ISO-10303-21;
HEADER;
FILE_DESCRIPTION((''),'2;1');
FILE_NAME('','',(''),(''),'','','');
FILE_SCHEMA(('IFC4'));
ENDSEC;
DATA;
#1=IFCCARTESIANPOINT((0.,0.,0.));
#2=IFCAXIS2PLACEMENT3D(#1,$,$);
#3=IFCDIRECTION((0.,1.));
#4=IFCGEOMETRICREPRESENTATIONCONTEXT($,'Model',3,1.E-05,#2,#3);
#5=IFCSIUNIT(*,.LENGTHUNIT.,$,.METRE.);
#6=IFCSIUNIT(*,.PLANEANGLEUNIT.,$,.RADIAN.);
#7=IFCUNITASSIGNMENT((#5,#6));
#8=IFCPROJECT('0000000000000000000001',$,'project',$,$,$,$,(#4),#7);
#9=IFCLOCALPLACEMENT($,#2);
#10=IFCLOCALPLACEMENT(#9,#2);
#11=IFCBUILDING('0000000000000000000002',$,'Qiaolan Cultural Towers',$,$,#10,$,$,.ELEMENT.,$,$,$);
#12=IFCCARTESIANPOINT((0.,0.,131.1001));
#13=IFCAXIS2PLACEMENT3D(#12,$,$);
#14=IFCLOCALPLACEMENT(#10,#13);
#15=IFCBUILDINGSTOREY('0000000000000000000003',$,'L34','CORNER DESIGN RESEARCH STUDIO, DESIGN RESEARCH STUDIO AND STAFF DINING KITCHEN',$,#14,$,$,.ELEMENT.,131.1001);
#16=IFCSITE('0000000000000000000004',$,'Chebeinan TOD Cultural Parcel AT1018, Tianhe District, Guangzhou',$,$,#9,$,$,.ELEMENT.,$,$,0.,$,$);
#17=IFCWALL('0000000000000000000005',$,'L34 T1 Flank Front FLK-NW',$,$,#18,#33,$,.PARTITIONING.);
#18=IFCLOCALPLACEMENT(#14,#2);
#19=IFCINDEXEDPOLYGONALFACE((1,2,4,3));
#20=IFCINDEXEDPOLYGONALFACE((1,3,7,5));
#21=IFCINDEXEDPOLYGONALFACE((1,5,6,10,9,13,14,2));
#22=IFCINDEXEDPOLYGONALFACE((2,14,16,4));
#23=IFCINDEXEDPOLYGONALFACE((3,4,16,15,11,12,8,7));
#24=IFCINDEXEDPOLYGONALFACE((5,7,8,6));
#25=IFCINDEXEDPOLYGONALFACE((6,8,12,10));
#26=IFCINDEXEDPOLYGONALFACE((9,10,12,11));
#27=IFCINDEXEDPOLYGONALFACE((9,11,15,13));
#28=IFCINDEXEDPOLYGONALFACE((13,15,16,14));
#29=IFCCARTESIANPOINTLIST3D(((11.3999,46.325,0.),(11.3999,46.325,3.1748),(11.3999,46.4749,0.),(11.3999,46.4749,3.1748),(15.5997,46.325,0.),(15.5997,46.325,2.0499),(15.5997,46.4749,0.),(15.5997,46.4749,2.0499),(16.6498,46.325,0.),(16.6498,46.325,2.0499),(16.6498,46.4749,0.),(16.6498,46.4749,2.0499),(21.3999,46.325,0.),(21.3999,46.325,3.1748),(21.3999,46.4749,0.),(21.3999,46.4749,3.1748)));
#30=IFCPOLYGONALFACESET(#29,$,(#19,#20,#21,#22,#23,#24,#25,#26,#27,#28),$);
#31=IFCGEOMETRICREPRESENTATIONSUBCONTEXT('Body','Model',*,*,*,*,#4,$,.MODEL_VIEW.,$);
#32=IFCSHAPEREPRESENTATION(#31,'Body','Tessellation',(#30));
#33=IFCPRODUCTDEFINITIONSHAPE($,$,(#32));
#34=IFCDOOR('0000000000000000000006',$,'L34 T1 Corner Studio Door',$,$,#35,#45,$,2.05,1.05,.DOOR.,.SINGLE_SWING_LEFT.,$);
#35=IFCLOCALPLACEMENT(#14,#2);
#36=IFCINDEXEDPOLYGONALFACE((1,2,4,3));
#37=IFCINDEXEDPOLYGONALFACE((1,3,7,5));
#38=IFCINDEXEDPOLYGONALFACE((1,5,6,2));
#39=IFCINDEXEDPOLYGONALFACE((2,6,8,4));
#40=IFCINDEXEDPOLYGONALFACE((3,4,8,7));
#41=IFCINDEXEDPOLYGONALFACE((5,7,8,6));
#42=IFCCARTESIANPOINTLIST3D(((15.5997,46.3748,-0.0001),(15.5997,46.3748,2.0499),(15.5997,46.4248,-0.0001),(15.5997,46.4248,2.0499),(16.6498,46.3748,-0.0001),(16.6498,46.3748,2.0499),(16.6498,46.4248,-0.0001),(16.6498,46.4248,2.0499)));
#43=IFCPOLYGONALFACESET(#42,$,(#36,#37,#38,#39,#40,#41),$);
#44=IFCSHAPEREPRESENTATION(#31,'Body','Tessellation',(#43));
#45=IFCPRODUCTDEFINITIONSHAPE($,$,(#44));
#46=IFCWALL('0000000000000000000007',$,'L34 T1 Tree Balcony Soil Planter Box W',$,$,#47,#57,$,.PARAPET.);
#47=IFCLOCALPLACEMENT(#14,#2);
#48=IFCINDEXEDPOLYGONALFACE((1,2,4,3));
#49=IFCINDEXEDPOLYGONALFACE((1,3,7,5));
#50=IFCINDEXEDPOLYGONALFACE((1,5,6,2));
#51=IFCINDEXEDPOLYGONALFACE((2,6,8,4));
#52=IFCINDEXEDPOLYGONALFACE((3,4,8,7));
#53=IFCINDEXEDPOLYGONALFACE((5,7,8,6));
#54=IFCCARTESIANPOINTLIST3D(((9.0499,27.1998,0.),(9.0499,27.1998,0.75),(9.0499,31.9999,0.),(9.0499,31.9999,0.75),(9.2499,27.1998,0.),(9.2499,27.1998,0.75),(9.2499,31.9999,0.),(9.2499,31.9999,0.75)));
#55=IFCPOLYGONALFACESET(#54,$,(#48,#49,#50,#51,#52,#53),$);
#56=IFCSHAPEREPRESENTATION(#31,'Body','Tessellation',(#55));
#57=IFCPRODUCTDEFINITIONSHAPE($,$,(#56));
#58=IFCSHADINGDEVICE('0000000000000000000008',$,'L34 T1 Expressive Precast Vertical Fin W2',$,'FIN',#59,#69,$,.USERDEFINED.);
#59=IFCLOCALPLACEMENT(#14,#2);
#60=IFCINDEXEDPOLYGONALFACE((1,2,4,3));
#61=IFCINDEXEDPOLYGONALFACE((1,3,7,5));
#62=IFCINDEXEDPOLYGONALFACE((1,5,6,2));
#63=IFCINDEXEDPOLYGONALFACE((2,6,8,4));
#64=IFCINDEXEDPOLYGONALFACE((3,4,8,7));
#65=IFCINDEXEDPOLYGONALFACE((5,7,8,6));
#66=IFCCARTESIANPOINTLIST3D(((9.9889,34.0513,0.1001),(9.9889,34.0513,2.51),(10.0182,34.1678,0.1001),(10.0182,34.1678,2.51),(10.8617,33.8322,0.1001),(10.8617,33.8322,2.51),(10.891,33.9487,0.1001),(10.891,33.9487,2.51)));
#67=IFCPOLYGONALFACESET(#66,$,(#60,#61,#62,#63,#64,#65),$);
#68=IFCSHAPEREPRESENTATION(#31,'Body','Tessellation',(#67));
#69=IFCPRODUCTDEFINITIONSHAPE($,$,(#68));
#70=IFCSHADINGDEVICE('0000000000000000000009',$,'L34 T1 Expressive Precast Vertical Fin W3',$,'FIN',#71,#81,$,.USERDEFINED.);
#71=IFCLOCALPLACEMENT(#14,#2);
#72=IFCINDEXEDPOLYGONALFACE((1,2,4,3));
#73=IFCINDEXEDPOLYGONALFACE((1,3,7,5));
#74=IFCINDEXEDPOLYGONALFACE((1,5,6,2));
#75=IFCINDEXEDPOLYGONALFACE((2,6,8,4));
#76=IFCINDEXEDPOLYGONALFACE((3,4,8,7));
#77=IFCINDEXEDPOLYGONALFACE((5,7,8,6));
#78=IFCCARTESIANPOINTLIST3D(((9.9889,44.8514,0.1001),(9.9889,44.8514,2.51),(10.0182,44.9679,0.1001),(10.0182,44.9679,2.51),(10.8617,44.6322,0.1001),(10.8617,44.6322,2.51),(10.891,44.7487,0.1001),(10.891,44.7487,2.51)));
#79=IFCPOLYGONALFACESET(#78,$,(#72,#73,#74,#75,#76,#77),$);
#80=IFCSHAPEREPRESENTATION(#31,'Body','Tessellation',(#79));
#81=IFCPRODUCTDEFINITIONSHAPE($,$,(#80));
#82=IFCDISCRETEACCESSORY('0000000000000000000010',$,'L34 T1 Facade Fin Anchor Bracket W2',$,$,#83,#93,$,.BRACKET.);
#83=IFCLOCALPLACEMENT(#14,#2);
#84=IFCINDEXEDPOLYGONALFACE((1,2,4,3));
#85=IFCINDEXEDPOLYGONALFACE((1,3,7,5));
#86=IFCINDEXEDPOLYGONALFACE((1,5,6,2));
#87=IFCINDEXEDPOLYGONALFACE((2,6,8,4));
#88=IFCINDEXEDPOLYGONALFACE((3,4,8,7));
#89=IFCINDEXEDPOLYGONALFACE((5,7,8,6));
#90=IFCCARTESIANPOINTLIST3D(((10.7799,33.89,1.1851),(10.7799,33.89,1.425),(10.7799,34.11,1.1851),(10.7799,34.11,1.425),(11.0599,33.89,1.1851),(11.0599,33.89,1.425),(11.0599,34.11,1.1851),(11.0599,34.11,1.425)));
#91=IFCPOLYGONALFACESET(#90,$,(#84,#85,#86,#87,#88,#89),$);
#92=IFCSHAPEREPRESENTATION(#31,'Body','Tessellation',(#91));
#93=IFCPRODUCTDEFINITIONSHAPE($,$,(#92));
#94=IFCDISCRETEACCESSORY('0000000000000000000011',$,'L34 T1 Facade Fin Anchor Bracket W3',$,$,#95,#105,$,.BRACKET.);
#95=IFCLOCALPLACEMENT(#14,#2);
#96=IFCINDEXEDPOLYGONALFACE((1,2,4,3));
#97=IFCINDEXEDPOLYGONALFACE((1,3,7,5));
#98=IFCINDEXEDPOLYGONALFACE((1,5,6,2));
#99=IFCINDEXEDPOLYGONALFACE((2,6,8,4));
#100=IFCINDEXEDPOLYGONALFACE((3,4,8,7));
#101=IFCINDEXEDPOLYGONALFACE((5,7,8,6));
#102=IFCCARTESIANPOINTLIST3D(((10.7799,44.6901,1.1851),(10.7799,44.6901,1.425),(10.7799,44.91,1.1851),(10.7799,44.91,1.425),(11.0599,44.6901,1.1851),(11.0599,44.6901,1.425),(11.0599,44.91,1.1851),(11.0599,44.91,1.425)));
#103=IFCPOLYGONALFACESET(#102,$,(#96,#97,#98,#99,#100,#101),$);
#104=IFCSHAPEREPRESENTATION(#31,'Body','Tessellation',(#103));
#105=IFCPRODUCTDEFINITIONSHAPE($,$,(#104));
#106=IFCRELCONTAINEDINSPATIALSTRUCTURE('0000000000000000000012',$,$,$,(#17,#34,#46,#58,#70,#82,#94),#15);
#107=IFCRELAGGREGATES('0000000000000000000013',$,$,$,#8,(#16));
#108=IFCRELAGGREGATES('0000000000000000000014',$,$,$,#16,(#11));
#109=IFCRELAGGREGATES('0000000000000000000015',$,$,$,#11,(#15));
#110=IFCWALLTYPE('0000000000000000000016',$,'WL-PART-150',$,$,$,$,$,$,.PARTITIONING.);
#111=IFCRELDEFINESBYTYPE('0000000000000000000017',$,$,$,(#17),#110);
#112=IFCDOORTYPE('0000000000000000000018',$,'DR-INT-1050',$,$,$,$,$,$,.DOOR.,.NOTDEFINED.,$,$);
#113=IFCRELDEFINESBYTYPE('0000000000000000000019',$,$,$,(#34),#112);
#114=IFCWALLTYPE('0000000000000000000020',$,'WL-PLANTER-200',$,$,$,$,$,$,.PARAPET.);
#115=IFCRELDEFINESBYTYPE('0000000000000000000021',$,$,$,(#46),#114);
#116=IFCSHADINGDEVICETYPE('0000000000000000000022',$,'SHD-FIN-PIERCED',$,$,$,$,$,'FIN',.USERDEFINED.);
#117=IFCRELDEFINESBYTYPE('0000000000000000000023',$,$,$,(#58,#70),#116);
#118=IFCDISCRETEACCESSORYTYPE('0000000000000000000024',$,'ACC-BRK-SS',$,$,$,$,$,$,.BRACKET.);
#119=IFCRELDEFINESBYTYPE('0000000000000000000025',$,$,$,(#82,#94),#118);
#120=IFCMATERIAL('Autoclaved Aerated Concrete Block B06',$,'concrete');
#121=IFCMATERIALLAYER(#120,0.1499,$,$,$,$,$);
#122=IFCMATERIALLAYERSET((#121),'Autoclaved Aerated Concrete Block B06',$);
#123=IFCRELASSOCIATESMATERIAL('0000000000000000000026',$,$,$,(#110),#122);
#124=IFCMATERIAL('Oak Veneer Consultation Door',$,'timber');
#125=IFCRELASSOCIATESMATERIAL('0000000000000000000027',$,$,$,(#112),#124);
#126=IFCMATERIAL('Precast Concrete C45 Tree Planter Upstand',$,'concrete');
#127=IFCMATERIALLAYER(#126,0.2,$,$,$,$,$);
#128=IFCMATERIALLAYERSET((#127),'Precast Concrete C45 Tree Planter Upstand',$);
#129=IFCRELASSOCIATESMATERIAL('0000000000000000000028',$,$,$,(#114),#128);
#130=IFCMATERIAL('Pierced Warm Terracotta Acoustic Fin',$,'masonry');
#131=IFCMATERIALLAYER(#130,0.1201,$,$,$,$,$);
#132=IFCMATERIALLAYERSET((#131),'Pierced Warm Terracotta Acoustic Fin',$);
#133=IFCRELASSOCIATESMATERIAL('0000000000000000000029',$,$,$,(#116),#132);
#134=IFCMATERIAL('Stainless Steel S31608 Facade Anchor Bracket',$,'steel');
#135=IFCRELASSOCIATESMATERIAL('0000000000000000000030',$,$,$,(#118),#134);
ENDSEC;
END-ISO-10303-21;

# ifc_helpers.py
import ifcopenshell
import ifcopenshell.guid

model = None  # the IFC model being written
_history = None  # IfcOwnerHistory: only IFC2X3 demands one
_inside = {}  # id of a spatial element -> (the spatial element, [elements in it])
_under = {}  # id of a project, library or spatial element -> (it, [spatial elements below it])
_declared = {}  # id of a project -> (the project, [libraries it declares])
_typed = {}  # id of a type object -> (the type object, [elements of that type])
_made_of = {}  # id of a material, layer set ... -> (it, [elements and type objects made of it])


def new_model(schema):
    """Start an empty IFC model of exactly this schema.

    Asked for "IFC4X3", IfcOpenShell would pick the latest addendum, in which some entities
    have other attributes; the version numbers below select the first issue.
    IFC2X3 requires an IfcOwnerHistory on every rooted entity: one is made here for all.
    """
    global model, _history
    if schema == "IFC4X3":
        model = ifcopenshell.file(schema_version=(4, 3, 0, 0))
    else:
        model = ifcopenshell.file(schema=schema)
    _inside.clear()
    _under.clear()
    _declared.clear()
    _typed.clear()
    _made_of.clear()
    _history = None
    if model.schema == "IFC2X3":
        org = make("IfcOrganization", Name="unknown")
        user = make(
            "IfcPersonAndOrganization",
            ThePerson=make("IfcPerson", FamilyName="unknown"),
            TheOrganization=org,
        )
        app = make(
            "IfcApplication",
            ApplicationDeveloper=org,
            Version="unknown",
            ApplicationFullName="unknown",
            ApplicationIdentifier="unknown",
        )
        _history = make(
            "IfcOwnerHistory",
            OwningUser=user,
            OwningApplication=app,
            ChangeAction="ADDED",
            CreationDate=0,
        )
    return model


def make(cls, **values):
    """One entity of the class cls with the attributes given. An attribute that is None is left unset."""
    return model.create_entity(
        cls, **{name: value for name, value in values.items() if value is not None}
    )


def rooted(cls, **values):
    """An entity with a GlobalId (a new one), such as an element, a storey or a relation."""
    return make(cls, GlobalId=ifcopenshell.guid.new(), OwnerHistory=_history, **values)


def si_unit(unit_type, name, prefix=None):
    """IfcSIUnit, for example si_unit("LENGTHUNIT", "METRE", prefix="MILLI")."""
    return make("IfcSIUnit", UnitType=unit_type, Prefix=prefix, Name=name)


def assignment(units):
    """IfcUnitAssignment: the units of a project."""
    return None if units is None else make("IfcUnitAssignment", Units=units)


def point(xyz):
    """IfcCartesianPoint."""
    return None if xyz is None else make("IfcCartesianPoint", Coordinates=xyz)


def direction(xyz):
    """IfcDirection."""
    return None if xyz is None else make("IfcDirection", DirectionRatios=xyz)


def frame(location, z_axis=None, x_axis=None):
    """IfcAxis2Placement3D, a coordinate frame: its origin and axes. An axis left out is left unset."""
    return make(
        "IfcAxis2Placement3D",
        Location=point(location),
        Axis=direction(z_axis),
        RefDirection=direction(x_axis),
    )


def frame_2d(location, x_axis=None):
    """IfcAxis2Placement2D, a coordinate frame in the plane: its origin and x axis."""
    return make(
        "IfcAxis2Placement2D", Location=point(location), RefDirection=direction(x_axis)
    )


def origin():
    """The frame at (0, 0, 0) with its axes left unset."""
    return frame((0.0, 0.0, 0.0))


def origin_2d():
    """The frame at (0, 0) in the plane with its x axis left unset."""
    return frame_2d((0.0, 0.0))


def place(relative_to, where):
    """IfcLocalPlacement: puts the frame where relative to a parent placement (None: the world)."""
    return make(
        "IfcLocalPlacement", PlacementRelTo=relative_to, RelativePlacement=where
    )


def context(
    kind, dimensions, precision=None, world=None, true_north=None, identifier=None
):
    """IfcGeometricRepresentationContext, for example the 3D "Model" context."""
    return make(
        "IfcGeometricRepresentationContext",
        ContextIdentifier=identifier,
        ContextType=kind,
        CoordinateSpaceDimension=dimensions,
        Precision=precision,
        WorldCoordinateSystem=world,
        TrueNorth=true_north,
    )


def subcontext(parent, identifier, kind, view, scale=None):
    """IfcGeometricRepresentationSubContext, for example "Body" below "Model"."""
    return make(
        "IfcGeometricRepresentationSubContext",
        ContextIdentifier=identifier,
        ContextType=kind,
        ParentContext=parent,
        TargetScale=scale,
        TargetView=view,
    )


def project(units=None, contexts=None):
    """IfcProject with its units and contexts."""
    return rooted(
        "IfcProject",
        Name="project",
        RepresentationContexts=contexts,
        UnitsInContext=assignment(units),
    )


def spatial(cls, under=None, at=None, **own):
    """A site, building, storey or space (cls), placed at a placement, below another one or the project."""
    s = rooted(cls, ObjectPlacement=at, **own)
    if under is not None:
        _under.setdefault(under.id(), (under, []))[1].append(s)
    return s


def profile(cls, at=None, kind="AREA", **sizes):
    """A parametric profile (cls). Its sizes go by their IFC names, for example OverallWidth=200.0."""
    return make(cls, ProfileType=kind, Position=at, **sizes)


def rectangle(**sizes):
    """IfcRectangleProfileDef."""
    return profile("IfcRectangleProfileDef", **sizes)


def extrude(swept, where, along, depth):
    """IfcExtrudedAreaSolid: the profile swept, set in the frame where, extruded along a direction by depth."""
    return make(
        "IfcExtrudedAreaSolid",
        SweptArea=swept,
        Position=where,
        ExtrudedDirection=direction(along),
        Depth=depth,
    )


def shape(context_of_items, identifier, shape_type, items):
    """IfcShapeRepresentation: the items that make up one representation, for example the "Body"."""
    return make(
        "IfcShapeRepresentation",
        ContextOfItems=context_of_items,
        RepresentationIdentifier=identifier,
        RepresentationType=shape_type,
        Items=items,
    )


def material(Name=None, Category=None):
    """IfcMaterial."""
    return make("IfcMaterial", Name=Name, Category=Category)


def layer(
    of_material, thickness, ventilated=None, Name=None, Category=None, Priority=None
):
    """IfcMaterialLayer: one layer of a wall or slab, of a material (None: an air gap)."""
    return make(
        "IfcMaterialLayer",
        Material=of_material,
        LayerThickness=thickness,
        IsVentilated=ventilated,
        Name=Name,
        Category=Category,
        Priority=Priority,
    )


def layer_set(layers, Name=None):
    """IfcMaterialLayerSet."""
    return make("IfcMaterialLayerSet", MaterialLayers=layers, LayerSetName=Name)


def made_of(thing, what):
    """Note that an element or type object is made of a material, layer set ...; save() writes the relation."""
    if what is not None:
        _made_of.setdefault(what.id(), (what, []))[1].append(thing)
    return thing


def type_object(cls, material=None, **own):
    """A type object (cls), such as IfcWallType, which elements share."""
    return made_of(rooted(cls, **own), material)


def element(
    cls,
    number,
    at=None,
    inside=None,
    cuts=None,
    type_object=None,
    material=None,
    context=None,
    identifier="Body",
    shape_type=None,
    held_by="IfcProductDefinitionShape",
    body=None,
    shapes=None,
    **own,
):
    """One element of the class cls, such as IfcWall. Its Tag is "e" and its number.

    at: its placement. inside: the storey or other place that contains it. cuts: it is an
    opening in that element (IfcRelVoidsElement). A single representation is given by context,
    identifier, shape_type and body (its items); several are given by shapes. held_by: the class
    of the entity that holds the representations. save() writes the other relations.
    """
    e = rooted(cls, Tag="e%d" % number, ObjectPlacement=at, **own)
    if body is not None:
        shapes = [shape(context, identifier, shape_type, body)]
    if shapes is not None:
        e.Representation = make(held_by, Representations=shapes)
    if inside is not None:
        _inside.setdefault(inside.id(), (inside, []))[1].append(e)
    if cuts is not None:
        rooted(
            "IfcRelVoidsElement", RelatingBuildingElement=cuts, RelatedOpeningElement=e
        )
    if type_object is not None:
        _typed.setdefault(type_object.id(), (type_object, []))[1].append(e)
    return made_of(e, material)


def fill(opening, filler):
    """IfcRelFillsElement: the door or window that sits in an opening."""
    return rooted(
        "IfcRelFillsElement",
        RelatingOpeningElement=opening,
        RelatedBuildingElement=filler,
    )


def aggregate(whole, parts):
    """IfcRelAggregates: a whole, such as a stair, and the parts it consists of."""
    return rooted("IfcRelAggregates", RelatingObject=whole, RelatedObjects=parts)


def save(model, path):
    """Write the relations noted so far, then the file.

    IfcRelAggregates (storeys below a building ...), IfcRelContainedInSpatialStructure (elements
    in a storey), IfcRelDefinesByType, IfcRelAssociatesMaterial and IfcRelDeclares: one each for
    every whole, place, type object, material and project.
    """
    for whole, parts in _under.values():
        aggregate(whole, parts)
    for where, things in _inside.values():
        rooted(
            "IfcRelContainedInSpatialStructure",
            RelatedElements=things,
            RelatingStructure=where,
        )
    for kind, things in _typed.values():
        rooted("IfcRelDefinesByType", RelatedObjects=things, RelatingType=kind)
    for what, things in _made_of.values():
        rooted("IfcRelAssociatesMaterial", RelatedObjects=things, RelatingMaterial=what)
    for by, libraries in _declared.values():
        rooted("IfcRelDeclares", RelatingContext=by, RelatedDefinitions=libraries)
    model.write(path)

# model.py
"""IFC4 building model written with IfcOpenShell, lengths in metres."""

from ifc_helpers import new_model, si_unit, direction, frame, frame_2d, origin, origin_2d, place, context, subcontext, project, spatial, rectangle, extrude, material, layer, layer_set, type_object, element, fill, save


model = new_model("IFC4")

# Units and contexts
model_context = context("Model", 3, precision=1e-05, world=origin(), true_north=direction((0.0, 1.0)))
body_context = subcontext(model_context, "Body", "Model", "MODEL_VIEW")
ifc_project = project(units=[si_unit("LENGTHUNIT", "METRE"), si_unit("PLANEANGLEUNIT", "RADIAN")], contexts=[model_context])

# Site, building, storey
site_placement = place(None, origin())
site = spatial("IfcSite", under=ifc_project, at=site_placement, Name="Chebeinan TOD Cultural Parcel AT1018, Tianhe District, Guangzhou", CompositionType="ELEMENT", RefElevation=0.0)
building_placement = place(site_placement, origin())
building = spatial("IfcBuilding", under=site, at=building_placement, Name="Qiaolan Cultural Towers", CompositionType="ELEMENT")
storey_placement = place(building_placement, frame((0.0, 0.0, 131.1001)))
storey = spatial("IfcBuildingStorey", under=building, at=storey_placement, Name="L34", Description="CORNER DESIGN RESEARCH STUDIO, DESIGN RESEARCH STUDIO AND STAFF DINING KITCHEN", CompositionType="ELEMENT", Elevation=131.1001)

# Wall, opening, door
ifc_material_1 = material(Name="Autoclaved Aerated Concrete Block B06", Category="concrete")
ifc_layer_1 = layer(ifc_material_1, 0.1499)
ifc_layer_set_1 = layer_set([ifc_layer_1], Name="Autoclaved Aerated Concrete Block B06")
wall_type_1 = type_object("IfcWallType", Name="WL-PART-150", PredefinedType="PARTITIONING", material=ifc_layer_set_1)
wall_1_placement = place(storey_placement, frame((11.3999, 46.3999, 0.0), z_axis=(0.0, 0.0, 1.0), x_axis=(1.0, 0.0, 0.0)))
wall_1 = element("IfcWall", 1, at=wall_1_placement, inside=storey, type_object=wall_type_1, Name="L34 T1 Flank Front FLK-NW", PredefinedType="PARTITIONING", context=body_context, shape_type="SweptSolid", body=[
    extrude(rectangle(XDim=10.0, YDim=0.1499, at=frame_2d((5.0, 0.0))), origin(), (0.0, 0.0, 1.0), 3.1748),
])
opening_placement = place(wall_1_placement, frame((4.2, 0.0, 0.0)))
opening = element("IfcOpeningElement", 2, at=opening_placement, cuts=wall_1, PredefinedType="OPENING", context=body_context, shape_type="SweptSolid", body=[
    extrude(rectangle(XDim=1.05, YDim=2.05, at=frame_2d((0.5249, 1.0249))), frame((0.0, 0.085, 0.0), z_axis=(0.0, -1.0, 0.0), x_axis=(1.0, 0.0, 0.0)), (0.0, 0.0, 1.0), 0.1699),
])
ifc_material_2 = material(Name="Oak Veneer Consultation Door", Category="timber")
door_type = type_object("IfcDoorType", Name="DR-INT-1050", OperationType="NOTDEFINED", PredefinedType="DOOR", material=ifc_material_2)
door_placement = place(opening_placement, origin())
door = element("IfcDoor", 3, at=door_placement, inside=storey, type_object=door_type, Name="L34 T1 Corner Studio Door", OperationType="SINGLE_SWING_LEFT", OverallHeight=2.05, OverallWidth=1.05, PredefinedType="DOOR", context=body_context, shape_type="SweptSolid", body=[
    extrude(rectangle(XDim=1.05, YDim=2.05, at=frame_2d((0.5249, 1.0249))), frame((0.0, 0.0249, 0.0), z_axis=(0.0, -1.0, 0.0), x_axis=(1.0, 0.0, 0.0)), (0.0, 0.0, 1.0), 0.05),
])
fill(opening, door)

# Wall
ifc_material_3 = material(Name="Precast Concrete C45 Tree Planter Upstand", Category="concrete")
ifc_layer_2 = layer(ifc_material_3, 0.2)
ifc_layer_set_2 = layer_set([ifc_layer_2], Name="Precast Concrete C45 Tree Planter Upstand")
wall_type_2 = type_object("IfcWallType", Name="WL-PLANTER-200", PredefinedType="PARAPET", material=ifc_layer_set_2)
wall_2_placement = place(storey_placement, frame((9.1499, 27.2, 0.0), z_axis=(0.0, 0.0, 1.0), x_axis=(0.0, 1.0, 0.0)))
element("IfcWall", 4, at=wall_2_placement, inside=storey, type_object=wall_type_2, Name="L34 T1 Tree Balcony Soil Planter Box W", PredefinedType="PARAPET", context=body_context, shape_type="SweptSolid", body=[
    extrude(rectangle(XDim=4.8, YDim=0.2, at=frame_2d((2.3999, 0.0))), origin(), (0.0, 0.0, 1.0), 0.75),
])

# Shading devices
ifc_material_4 = material(Name="Pierced Warm Terracotta Acoustic Fin", Category="masonry")
ifc_layer_3 = layer(ifc_material_4, 0.1201)
ifc_layer_set_3 = layer_set([ifc_layer_3], Name="Pierced Warm Terracotta Acoustic Fin")
shading_device_type = type_object("IfcShadingDeviceType", Name="SHD-FIN-PIERCED", ElementType="FIN", PredefinedType="USERDEFINED", material=ifc_layer_set_3)
for number, where, z_axis, x_axis, name in (
    (5, (10.4399, 34.0, 0.1001), (0.0, 0.0, 1.0), (0.969892, -0.243537, 0.0), "L34 T1 Expressive Precast Vertical Fin W2"),
    (6, (10.4399, 44.8, 0.1001), (0.0, 0.0, 1.0), (0.969892, -0.243537, 0.0), "L34 T1 Expressive Precast Vertical Fin W3"),
):
    element("IfcShadingDevice", number, at=place(storey_placement, frame(where, z_axis=z_axis, x_axis=x_axis)), inside=storey, type_object=shading_device_type, Name=name, ObjectType="FIN", PredefinedType="USERDEFINED", context=body_context, shape_type="SweptSolid", body=[
        extrude(rectangle(XDim=0.8999, YDim=0.1201, at=origin_2d()), origin(), (0.0, 0.0, 1.0), 2.4099),
    ])

# Discrete accessories
ifc_material_5 = material(Name="Stainless Steel S31608 Facade Anchor Bracket", Category="steel")
discrete_accessory_type = type_object("IfcDiscreteAccessoryType", Name="ACC-BRK-SS", PredefinedType="BRACKET", material=ifc_material_5)
for number, where, z_axis, x_axis, name in (
    (7, (10.9199, 34.0, 1.1851), (0.0, 0.0, 1.0), (1.0, 0.0, 0.0), "L34 T1 Facade Fin Anchor Bracket W2"),
    (8, (10.9199, 44.8, 1.1851), (0.0, 0.0, 1.0), (1.0, 0.0, 0.0), "L34 T1 Facade Fin Anchor Bracket W3"),
):
    element("IfcDiscreteAccessory", number, at=place(storey_placement, frame(where, z_axis=z_axis, x_axis=x_axis)), inside=storey, type_object=discrete_accessory_type, Name=name, PredefinedType="BRACKET", context=body_context, shape_type="SweptSolid", body=[
        extrude(rectangle(XDim=0.28, YDim=0.22, at=origin_2d()), origin(), (0.0, 0.0, 1.0), 0.24),
    ])

save(model, "model.ifc")
